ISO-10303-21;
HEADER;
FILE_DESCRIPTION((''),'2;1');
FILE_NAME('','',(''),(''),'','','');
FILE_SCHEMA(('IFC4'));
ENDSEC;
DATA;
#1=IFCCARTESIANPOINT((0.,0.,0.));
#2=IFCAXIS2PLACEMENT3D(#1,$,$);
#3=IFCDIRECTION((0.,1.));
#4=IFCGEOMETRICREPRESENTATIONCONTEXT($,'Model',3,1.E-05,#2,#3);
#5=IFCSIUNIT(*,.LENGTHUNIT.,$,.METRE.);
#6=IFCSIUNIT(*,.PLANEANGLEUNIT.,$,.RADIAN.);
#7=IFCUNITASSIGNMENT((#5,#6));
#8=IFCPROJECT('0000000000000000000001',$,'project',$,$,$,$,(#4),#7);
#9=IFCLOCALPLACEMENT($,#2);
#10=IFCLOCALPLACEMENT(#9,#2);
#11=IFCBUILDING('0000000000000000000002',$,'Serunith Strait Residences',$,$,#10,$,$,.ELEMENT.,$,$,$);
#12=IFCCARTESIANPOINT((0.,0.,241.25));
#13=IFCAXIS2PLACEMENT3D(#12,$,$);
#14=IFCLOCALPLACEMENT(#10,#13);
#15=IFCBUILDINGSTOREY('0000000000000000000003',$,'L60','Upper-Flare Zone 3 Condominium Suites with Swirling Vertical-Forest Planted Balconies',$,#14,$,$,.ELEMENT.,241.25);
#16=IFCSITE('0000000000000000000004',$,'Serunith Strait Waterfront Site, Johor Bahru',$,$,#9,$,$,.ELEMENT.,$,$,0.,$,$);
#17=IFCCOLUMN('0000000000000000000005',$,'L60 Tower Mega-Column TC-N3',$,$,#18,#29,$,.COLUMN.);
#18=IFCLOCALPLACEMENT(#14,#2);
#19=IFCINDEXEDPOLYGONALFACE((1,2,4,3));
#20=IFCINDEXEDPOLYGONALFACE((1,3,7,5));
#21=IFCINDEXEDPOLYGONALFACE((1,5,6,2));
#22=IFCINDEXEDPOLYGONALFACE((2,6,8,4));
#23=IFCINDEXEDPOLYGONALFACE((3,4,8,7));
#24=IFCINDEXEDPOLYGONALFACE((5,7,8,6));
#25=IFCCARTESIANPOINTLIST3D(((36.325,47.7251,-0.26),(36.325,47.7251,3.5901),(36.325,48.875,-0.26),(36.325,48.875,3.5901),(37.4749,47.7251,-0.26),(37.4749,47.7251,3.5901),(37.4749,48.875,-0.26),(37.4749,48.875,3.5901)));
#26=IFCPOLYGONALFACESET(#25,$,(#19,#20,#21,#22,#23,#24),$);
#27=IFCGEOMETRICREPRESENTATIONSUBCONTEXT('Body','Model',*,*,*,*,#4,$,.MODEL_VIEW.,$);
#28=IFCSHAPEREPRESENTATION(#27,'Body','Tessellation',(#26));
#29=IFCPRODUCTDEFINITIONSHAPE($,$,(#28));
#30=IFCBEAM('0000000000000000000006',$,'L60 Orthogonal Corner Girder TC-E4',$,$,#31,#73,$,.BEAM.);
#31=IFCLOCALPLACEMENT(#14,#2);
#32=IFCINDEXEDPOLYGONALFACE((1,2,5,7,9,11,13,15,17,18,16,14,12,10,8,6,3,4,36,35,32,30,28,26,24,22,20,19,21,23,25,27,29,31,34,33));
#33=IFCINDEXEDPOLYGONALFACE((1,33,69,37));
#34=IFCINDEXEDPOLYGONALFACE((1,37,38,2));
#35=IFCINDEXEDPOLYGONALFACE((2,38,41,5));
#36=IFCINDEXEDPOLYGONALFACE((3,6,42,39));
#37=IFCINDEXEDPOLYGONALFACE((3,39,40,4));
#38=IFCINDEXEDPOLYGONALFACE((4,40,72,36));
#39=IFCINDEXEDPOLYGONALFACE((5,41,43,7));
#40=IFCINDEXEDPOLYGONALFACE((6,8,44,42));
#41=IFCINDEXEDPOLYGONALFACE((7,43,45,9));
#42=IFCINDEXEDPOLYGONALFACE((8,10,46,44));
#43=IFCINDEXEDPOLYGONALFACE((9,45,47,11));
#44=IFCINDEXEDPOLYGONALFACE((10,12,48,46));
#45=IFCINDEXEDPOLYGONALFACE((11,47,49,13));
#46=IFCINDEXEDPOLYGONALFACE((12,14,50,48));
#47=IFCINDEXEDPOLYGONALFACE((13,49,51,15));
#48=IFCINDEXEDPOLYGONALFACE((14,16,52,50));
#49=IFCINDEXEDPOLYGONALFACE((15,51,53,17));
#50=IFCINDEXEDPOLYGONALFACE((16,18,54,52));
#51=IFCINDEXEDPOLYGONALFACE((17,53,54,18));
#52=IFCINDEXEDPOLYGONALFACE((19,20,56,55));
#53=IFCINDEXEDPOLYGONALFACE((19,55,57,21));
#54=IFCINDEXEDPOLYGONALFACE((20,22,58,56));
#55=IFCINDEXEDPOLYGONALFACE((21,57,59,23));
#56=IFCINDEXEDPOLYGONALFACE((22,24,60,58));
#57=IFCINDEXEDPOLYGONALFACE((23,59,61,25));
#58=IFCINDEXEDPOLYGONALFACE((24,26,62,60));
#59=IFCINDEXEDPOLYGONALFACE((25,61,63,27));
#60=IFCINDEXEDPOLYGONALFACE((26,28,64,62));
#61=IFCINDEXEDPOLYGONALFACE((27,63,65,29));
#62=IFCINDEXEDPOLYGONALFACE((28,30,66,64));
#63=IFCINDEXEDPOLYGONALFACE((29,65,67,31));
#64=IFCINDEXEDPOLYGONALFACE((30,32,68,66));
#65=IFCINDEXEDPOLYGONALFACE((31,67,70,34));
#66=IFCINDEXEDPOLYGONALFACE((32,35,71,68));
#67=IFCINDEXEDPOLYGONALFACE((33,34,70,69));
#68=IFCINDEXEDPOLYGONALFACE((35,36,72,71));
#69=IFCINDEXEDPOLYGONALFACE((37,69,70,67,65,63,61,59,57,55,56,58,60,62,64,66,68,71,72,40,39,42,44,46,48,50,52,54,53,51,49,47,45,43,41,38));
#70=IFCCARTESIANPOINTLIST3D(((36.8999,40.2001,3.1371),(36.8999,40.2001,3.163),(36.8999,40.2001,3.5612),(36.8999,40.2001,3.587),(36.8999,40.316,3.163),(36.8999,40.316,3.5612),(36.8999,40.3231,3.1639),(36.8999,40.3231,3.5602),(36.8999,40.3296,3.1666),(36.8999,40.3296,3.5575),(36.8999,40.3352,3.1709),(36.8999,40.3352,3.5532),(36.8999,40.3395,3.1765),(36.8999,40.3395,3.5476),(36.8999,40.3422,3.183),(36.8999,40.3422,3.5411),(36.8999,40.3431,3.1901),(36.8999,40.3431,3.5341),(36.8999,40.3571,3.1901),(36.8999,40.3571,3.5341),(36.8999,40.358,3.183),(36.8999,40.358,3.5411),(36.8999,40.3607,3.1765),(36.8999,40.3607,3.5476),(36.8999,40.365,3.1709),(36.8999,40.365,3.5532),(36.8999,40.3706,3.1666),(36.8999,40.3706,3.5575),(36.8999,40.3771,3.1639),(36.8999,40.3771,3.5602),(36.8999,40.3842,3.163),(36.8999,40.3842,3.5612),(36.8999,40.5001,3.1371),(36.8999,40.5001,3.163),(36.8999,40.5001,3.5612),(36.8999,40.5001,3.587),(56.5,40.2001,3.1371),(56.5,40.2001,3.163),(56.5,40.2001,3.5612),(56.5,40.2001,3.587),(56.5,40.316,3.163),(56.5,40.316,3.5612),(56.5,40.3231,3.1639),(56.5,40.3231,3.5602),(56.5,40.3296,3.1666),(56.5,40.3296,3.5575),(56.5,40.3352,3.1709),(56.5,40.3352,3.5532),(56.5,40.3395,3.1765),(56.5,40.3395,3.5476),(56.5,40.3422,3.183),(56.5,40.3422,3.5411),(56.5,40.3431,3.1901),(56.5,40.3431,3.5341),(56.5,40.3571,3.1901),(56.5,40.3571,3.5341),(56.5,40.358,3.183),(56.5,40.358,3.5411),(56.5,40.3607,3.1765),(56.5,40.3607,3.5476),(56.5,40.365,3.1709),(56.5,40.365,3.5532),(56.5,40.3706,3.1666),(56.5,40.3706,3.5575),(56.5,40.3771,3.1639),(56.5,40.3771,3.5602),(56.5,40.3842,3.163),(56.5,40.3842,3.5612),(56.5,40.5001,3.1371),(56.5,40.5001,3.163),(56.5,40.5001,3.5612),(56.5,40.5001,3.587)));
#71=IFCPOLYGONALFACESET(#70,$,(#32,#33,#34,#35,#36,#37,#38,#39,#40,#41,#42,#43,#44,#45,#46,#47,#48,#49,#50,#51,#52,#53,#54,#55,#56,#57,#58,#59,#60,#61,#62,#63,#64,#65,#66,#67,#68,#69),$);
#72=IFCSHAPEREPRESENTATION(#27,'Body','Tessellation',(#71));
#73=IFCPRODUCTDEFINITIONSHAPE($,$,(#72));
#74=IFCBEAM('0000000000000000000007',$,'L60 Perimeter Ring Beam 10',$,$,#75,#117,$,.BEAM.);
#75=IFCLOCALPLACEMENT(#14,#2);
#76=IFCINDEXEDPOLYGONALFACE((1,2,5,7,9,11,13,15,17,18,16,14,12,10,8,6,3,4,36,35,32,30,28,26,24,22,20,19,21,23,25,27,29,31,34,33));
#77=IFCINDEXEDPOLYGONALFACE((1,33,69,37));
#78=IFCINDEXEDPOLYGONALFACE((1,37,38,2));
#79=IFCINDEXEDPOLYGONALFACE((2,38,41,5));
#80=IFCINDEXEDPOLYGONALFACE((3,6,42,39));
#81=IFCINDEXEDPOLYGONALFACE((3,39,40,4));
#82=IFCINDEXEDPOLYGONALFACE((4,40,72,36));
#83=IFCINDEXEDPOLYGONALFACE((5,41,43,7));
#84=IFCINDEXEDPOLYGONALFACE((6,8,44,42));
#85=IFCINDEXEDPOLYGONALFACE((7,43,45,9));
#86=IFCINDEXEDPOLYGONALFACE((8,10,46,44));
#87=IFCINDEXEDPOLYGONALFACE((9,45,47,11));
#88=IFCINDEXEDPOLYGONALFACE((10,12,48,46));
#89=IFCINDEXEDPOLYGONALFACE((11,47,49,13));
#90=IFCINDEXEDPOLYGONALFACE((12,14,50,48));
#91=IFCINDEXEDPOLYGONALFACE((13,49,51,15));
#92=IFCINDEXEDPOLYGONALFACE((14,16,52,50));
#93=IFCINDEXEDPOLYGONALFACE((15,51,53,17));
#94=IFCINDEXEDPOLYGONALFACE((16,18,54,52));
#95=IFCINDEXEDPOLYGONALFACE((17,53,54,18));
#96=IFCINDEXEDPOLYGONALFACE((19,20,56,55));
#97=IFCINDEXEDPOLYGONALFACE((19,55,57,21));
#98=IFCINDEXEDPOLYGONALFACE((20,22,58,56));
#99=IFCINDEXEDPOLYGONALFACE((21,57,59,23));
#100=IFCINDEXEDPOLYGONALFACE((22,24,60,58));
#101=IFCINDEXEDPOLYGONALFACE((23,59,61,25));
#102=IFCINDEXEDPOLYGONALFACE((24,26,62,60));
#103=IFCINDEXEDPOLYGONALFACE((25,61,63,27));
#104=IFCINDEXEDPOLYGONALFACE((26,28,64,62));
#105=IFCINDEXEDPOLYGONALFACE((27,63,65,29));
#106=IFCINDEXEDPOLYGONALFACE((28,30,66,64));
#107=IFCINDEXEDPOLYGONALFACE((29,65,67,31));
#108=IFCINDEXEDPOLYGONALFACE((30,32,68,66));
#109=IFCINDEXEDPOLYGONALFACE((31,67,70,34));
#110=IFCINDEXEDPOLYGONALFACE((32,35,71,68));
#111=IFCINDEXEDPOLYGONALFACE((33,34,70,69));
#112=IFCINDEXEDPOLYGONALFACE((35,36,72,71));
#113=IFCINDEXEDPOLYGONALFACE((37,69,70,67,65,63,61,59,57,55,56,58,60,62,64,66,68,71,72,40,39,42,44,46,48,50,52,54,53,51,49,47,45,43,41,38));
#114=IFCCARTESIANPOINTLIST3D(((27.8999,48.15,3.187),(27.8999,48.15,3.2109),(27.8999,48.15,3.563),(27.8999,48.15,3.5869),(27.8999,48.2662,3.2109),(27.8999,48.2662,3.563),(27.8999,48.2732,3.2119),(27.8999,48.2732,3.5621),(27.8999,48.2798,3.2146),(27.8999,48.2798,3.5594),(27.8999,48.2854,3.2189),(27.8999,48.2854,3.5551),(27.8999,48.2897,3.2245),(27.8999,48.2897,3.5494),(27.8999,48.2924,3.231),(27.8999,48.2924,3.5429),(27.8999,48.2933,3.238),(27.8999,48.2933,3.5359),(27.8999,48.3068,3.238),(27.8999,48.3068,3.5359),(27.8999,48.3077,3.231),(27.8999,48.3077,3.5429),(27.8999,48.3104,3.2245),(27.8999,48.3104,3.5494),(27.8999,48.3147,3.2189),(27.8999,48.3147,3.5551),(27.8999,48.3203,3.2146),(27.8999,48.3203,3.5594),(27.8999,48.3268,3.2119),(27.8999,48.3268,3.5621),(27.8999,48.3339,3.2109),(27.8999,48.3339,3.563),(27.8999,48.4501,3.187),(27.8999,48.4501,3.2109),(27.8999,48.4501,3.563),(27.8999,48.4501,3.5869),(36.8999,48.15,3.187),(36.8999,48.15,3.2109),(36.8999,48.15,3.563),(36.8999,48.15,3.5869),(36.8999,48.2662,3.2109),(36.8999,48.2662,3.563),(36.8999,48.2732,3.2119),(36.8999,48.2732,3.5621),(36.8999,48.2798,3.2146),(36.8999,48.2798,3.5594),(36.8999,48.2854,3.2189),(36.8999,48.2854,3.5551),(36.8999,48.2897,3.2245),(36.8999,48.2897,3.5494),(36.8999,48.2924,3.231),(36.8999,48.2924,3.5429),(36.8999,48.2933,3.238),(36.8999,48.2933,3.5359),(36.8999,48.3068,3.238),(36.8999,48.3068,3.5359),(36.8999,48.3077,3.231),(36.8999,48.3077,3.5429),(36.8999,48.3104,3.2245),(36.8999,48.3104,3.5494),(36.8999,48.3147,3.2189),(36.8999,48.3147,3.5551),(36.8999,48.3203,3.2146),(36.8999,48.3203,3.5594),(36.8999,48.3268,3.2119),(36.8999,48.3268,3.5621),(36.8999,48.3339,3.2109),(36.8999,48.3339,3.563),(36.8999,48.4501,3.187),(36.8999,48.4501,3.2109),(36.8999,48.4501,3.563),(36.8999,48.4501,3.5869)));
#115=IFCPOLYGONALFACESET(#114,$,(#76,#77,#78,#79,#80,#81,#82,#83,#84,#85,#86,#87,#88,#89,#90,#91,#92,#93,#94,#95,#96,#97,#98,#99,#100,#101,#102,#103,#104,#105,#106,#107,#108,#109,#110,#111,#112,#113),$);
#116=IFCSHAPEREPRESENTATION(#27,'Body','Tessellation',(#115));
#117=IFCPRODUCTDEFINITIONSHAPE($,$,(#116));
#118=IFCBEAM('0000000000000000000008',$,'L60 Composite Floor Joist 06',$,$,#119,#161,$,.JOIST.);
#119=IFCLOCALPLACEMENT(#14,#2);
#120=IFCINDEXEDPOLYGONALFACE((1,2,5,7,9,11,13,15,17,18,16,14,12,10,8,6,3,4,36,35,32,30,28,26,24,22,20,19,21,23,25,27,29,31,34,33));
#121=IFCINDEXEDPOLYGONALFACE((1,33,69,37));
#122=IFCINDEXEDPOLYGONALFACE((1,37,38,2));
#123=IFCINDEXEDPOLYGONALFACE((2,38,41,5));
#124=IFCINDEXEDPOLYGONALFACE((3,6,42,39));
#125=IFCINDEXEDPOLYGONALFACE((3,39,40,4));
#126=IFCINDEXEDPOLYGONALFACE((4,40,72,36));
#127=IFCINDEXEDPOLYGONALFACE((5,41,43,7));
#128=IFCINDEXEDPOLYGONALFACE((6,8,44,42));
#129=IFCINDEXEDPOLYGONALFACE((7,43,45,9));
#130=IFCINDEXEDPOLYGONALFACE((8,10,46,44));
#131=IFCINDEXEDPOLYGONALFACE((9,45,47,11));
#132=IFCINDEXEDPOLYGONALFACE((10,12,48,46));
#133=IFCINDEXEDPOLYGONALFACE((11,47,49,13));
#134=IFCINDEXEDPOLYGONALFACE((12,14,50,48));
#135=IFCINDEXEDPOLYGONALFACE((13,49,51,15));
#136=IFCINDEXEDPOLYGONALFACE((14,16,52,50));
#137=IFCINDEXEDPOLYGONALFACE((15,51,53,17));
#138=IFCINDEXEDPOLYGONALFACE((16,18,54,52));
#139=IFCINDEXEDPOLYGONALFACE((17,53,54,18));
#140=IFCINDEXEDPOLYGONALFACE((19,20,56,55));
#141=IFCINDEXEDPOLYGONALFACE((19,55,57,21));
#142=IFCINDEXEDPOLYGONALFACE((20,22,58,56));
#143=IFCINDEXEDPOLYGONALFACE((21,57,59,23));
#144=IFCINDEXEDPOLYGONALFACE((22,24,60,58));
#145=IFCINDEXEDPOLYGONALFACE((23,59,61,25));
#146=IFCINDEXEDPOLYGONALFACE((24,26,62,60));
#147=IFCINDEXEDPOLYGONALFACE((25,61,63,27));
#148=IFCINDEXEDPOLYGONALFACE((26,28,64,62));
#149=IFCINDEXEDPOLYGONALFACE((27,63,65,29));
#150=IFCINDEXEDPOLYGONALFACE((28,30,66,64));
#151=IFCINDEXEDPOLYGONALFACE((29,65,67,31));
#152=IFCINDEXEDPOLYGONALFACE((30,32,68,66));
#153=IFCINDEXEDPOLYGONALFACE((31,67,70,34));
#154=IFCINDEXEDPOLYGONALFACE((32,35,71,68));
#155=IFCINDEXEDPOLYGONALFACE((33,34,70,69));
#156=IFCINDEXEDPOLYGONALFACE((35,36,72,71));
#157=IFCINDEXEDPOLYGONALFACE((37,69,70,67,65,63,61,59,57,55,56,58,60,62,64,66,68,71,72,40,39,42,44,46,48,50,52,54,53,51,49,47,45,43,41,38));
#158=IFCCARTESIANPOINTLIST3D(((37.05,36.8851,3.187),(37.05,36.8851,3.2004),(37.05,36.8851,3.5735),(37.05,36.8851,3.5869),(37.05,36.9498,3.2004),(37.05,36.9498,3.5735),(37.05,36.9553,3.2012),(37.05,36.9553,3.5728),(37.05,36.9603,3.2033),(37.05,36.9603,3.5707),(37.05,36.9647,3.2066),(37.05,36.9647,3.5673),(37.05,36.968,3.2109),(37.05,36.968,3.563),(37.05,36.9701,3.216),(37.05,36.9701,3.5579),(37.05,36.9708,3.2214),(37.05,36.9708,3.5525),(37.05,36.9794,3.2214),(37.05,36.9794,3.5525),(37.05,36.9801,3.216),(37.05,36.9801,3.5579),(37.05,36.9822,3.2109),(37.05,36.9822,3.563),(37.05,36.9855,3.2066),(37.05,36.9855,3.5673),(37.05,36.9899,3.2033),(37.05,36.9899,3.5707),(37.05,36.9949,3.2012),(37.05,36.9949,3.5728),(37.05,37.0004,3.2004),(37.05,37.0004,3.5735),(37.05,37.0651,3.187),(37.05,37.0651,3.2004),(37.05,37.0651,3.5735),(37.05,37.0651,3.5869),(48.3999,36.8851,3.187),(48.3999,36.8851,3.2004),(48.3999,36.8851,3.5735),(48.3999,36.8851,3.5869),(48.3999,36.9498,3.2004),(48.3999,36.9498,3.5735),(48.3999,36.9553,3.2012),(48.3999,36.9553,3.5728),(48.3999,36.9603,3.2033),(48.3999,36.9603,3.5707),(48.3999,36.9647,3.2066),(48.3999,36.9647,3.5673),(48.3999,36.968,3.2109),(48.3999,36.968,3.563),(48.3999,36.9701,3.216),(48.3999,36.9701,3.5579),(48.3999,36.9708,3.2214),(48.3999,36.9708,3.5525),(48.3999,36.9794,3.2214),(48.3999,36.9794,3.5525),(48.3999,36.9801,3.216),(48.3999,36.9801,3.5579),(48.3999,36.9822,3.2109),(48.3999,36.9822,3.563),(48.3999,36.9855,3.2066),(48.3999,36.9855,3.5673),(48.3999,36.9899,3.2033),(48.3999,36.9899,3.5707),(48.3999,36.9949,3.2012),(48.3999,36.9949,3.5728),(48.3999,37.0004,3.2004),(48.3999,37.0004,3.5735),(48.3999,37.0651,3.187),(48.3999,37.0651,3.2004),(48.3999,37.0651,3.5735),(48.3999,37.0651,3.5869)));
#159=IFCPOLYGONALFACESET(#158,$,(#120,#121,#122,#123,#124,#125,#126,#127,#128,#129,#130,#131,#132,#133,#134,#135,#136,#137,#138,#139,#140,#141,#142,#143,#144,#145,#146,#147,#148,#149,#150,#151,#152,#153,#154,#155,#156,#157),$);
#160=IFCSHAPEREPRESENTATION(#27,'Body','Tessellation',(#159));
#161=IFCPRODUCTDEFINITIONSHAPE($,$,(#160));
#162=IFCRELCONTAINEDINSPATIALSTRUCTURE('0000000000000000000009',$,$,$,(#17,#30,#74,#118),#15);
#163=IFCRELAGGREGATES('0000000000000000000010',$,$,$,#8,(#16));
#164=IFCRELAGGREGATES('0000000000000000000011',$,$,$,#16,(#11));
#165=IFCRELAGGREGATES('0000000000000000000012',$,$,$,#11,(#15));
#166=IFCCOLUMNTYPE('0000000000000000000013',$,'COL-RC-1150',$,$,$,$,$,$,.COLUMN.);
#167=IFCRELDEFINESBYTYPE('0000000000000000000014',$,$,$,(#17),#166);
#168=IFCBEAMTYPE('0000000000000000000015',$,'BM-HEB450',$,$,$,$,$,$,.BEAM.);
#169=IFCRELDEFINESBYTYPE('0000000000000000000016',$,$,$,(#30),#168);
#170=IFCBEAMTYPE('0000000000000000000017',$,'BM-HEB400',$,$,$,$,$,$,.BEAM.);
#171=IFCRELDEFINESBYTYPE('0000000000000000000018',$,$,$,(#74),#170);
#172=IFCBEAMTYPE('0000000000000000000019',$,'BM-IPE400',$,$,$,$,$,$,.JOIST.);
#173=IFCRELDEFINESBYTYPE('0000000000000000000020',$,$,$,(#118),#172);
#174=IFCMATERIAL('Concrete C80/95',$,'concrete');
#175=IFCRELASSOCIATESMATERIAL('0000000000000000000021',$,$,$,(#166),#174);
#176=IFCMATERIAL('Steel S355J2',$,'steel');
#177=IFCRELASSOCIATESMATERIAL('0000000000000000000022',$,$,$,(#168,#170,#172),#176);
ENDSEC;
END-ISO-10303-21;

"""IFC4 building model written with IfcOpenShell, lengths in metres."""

from ifc_helpers import new_model, si_unit, direction, frame, origin, origin_2d, place, context, subcontext, project, spatial, rectangle, i_section, extrude, source, transform, mapped, material, material_profile, profile_set, type_object, element, save


model = new_model("IFC4")

# Units and contexts
model_context = context("Model", 3, precision=1e-05, world=origin(), true_north=direction((0.0, 1.0)))
body_context = subcontext(model_context, "Body", "Model", "MODEL_VIEW")
ifc_project = project(units=[si_unit("LENGTHUNIT", "METRE"), si_unit("PLANEANGLEUNIT", "RADIAN")], contexts=[model_context])

# Site, building, storey
site_placement = place(None, origin())
site = spatial("IfcSite", under=ifc_project, at=site_placement, Name="Serunith Strait Waterfront Site, Johor Bahru", CompositionType="ELEMENT", RefElevation=0.0)
building_placement = place(site_placement, origin())
building = spatial("IfcBuilding", under=site, at=building_placement, Name="Serunith Strait Residences", CompositionType="ELEMENT")
storey_placement = place(building_placement, frame((0.0, 0.0, 241.25)))
storey = spatial("IfcBuildingStorey", under=building, at=storey_placement, Name="L60", Description="Upper-Flare Zone 3 Condominium Suites with Swirling Vertical-Forest Planted Balconies", CompositionType="ELEMENT", Elevation=241.25)

# Column
ifc_material_1 = material(Name="Concrete C80/95", Category="concrete")
ifc_material_profile_1 = material_profile(ifc_material_1, rectangle(XDim=1.1499, YDim=1.1499, at=origin_2d()), Name="RC 1150x1150")
ifc_profile_set_1 = profile_set([ifc_material_profile_1], Name="Concrete C80/95")
column_type = type_object("IfcColumnType", Name="COL-RC-1150", PredefinedType="COLUMN", material=ifc_profile_set_1)
shared_shape_1 = source(origin(), body_context, "Body", "SweptSolid", [
    extrude(rectangle(XDim=1.1499, YDim=1.1499, at=origin_2d()), origin(), (0.0, 0.0, 1.0), 3.8501),
])
column_placement = place(storey_placement, frame((36.8999, 48.3, -0.26), z_axis=(0.0, 0.0, 1.0), x_axis=(1.0, 0.0, 0.0)))
element("IfcColumn", 1, at=column_placement, inside=storey, type_object=column_type, Name="L60 Tower Mega-Column TC-N3", PredefinedType="COLUMN", context=body_context, shape_type="MappedRepresentation", body=[
    mapped(shared_shape_1, transform((0.0, 0.0, 0.0), scale=1.0)),
])

# Beams
ifc_material_2 = material(Name="Steel S355J2", Category="steel")
ifc_material_profile_2 = material_profile(ifc_material_2, i_section(OverallWidth=0.3, OverallDepth=0.45, WebThickness=0.0139, FlangeThickness=0.0259, FilletRadius=0.0271, at=origin_2d()), Name="HEB 450")
ifc_profile_set_2 = profile_set([ifc_material_profile_2], Name="Steel S355J2")
beam_type_1 = type_object("IfcBeamType", Name="BM-HEB450", PredefinedType="BEAM", material=ifc_profile_set_2)
shared_shape_2 = source(origin(), body_context, "Body", "SweptSolid", [
    extrude(i_section(OverallWidth=0.3, OverallDepth=0.45, WebThickness=0.0139, FlangeThickness=0.0259, FilletRadius=0.0271, at=origin_2d()), origin(), (0.0, 0.0, 1.0), 19.6001),
])
beam_1_placement = place(storey_placement, frame((36.8999, 40.3501, 3.3621), z_axis=(1.0, 0.0, 0.0), x_axis=(0.0, 1.0, 0.0)))
element("IfcBeam", 2, at=beam_1_placement, inside=storey, type_object=beam_type_1, Name="L60 Orthogonal Corner Girder TC-E4", PredefinedType="BEAM", context=body_context, shape_type="MappedRepresentation", body=[
    mapped(shared_shape_2, transform((0.0, 0.0, 0.0), scale=1.0)),
])
ifc_material_profile_3 = material_profile(ifc_material_2, i_section(OverallWidth=0.3, OverallDepth=0.3999, WebThickness=0.0134, FlangeThickness=0.0239, FilletRadius=0.0271, at=origin_2d()), Name="HEB 400")
ifc_profile_set_3 = profile_set([ifc_material_profile_3], Name="Steel S355J2")
beam_type_2 = type_object("IfcBeamType", Name="BM-HEB400", PredefinedType="BEAM", material=ifc_profile_set_3)
shared_shape_3 = source(origin(), body_context, "Body", "SweptSolid", [
    extrude(i_section(OverallWidth=0.3, OverallDepth=0.3999, WebThickness=0.0134, FlangeThickness=0.0239, FilletRadius=0.0271, at=origin_2d()), origin(), (0.0, 0.0, 1.0), 9.0),
])
beam_2_placement = place(storey_placement, frame((36.8999, 48.3, 3.387), z_axis=(-1.0, 0.0, 0.0), x_axis=(0.0, -1.0, 0.0)))
element("IfcBeam", 3, at=beam_2_placement, inside=storey, type_object=beam_type_2, Name="L60 Perimeter Ring Beam 10", PredefinedType="BEAM", context=body_context, shape_type="MappedRepresentation", body=[
    mapped(shared_shape_3, transform((0.0, 0.0, 0.0), scale=1.0)),
])
ifc_material_profile_4 = material_profile(ifc_material_2, i_section(OverallWidth=0.1799, OverallDepth=0.3999, WebThickness=0.0085, FlangeThickness=0.0134, FilletRadius=0.021, at=origin_2d()), Name="IPE 400")
ifc_profile_set_4 = profile_set([ifc_material_profile_4], Name="Steel S355J2")
beam_type_3 = type_object("IfcBeamType", Name="BM-IPE400", PredefinedType="JOIST", material=ifc_profile_set_4)
shared_shape_4 = source(origin(), body_context, "Body", "SweptSolid", [
    extrude(i_section(OverallWidth=0.1799, OverallDepth=0.3999, WebThickness=0.0085, FlangeThickness=0.0134, FilletRadius=0.021, at=origin_2d()), origin(), (0.0, 0.0, 1.0), 11.3499),
])
beam_3_placement = place(storey_placement, frame((37.05, 36.9751, 3.387), z_axis=(1.0, 0.0, 0.0), x_axis=(0.0, 1.0, 0.0)))
element("IfcBeam", 4, at=beam_3_placement, inside=storey, type_object=beam_type_3, Name="L60 Composite Floor Joist 06", PredefinedType="JOIST", context=body_context, shape_type="MappedRepresentation", body=[
    mapped(shared_shape_4, transform((0.0, 0.0, 0.0), scale=1.0)),
])

save(model, "model.ifc")
